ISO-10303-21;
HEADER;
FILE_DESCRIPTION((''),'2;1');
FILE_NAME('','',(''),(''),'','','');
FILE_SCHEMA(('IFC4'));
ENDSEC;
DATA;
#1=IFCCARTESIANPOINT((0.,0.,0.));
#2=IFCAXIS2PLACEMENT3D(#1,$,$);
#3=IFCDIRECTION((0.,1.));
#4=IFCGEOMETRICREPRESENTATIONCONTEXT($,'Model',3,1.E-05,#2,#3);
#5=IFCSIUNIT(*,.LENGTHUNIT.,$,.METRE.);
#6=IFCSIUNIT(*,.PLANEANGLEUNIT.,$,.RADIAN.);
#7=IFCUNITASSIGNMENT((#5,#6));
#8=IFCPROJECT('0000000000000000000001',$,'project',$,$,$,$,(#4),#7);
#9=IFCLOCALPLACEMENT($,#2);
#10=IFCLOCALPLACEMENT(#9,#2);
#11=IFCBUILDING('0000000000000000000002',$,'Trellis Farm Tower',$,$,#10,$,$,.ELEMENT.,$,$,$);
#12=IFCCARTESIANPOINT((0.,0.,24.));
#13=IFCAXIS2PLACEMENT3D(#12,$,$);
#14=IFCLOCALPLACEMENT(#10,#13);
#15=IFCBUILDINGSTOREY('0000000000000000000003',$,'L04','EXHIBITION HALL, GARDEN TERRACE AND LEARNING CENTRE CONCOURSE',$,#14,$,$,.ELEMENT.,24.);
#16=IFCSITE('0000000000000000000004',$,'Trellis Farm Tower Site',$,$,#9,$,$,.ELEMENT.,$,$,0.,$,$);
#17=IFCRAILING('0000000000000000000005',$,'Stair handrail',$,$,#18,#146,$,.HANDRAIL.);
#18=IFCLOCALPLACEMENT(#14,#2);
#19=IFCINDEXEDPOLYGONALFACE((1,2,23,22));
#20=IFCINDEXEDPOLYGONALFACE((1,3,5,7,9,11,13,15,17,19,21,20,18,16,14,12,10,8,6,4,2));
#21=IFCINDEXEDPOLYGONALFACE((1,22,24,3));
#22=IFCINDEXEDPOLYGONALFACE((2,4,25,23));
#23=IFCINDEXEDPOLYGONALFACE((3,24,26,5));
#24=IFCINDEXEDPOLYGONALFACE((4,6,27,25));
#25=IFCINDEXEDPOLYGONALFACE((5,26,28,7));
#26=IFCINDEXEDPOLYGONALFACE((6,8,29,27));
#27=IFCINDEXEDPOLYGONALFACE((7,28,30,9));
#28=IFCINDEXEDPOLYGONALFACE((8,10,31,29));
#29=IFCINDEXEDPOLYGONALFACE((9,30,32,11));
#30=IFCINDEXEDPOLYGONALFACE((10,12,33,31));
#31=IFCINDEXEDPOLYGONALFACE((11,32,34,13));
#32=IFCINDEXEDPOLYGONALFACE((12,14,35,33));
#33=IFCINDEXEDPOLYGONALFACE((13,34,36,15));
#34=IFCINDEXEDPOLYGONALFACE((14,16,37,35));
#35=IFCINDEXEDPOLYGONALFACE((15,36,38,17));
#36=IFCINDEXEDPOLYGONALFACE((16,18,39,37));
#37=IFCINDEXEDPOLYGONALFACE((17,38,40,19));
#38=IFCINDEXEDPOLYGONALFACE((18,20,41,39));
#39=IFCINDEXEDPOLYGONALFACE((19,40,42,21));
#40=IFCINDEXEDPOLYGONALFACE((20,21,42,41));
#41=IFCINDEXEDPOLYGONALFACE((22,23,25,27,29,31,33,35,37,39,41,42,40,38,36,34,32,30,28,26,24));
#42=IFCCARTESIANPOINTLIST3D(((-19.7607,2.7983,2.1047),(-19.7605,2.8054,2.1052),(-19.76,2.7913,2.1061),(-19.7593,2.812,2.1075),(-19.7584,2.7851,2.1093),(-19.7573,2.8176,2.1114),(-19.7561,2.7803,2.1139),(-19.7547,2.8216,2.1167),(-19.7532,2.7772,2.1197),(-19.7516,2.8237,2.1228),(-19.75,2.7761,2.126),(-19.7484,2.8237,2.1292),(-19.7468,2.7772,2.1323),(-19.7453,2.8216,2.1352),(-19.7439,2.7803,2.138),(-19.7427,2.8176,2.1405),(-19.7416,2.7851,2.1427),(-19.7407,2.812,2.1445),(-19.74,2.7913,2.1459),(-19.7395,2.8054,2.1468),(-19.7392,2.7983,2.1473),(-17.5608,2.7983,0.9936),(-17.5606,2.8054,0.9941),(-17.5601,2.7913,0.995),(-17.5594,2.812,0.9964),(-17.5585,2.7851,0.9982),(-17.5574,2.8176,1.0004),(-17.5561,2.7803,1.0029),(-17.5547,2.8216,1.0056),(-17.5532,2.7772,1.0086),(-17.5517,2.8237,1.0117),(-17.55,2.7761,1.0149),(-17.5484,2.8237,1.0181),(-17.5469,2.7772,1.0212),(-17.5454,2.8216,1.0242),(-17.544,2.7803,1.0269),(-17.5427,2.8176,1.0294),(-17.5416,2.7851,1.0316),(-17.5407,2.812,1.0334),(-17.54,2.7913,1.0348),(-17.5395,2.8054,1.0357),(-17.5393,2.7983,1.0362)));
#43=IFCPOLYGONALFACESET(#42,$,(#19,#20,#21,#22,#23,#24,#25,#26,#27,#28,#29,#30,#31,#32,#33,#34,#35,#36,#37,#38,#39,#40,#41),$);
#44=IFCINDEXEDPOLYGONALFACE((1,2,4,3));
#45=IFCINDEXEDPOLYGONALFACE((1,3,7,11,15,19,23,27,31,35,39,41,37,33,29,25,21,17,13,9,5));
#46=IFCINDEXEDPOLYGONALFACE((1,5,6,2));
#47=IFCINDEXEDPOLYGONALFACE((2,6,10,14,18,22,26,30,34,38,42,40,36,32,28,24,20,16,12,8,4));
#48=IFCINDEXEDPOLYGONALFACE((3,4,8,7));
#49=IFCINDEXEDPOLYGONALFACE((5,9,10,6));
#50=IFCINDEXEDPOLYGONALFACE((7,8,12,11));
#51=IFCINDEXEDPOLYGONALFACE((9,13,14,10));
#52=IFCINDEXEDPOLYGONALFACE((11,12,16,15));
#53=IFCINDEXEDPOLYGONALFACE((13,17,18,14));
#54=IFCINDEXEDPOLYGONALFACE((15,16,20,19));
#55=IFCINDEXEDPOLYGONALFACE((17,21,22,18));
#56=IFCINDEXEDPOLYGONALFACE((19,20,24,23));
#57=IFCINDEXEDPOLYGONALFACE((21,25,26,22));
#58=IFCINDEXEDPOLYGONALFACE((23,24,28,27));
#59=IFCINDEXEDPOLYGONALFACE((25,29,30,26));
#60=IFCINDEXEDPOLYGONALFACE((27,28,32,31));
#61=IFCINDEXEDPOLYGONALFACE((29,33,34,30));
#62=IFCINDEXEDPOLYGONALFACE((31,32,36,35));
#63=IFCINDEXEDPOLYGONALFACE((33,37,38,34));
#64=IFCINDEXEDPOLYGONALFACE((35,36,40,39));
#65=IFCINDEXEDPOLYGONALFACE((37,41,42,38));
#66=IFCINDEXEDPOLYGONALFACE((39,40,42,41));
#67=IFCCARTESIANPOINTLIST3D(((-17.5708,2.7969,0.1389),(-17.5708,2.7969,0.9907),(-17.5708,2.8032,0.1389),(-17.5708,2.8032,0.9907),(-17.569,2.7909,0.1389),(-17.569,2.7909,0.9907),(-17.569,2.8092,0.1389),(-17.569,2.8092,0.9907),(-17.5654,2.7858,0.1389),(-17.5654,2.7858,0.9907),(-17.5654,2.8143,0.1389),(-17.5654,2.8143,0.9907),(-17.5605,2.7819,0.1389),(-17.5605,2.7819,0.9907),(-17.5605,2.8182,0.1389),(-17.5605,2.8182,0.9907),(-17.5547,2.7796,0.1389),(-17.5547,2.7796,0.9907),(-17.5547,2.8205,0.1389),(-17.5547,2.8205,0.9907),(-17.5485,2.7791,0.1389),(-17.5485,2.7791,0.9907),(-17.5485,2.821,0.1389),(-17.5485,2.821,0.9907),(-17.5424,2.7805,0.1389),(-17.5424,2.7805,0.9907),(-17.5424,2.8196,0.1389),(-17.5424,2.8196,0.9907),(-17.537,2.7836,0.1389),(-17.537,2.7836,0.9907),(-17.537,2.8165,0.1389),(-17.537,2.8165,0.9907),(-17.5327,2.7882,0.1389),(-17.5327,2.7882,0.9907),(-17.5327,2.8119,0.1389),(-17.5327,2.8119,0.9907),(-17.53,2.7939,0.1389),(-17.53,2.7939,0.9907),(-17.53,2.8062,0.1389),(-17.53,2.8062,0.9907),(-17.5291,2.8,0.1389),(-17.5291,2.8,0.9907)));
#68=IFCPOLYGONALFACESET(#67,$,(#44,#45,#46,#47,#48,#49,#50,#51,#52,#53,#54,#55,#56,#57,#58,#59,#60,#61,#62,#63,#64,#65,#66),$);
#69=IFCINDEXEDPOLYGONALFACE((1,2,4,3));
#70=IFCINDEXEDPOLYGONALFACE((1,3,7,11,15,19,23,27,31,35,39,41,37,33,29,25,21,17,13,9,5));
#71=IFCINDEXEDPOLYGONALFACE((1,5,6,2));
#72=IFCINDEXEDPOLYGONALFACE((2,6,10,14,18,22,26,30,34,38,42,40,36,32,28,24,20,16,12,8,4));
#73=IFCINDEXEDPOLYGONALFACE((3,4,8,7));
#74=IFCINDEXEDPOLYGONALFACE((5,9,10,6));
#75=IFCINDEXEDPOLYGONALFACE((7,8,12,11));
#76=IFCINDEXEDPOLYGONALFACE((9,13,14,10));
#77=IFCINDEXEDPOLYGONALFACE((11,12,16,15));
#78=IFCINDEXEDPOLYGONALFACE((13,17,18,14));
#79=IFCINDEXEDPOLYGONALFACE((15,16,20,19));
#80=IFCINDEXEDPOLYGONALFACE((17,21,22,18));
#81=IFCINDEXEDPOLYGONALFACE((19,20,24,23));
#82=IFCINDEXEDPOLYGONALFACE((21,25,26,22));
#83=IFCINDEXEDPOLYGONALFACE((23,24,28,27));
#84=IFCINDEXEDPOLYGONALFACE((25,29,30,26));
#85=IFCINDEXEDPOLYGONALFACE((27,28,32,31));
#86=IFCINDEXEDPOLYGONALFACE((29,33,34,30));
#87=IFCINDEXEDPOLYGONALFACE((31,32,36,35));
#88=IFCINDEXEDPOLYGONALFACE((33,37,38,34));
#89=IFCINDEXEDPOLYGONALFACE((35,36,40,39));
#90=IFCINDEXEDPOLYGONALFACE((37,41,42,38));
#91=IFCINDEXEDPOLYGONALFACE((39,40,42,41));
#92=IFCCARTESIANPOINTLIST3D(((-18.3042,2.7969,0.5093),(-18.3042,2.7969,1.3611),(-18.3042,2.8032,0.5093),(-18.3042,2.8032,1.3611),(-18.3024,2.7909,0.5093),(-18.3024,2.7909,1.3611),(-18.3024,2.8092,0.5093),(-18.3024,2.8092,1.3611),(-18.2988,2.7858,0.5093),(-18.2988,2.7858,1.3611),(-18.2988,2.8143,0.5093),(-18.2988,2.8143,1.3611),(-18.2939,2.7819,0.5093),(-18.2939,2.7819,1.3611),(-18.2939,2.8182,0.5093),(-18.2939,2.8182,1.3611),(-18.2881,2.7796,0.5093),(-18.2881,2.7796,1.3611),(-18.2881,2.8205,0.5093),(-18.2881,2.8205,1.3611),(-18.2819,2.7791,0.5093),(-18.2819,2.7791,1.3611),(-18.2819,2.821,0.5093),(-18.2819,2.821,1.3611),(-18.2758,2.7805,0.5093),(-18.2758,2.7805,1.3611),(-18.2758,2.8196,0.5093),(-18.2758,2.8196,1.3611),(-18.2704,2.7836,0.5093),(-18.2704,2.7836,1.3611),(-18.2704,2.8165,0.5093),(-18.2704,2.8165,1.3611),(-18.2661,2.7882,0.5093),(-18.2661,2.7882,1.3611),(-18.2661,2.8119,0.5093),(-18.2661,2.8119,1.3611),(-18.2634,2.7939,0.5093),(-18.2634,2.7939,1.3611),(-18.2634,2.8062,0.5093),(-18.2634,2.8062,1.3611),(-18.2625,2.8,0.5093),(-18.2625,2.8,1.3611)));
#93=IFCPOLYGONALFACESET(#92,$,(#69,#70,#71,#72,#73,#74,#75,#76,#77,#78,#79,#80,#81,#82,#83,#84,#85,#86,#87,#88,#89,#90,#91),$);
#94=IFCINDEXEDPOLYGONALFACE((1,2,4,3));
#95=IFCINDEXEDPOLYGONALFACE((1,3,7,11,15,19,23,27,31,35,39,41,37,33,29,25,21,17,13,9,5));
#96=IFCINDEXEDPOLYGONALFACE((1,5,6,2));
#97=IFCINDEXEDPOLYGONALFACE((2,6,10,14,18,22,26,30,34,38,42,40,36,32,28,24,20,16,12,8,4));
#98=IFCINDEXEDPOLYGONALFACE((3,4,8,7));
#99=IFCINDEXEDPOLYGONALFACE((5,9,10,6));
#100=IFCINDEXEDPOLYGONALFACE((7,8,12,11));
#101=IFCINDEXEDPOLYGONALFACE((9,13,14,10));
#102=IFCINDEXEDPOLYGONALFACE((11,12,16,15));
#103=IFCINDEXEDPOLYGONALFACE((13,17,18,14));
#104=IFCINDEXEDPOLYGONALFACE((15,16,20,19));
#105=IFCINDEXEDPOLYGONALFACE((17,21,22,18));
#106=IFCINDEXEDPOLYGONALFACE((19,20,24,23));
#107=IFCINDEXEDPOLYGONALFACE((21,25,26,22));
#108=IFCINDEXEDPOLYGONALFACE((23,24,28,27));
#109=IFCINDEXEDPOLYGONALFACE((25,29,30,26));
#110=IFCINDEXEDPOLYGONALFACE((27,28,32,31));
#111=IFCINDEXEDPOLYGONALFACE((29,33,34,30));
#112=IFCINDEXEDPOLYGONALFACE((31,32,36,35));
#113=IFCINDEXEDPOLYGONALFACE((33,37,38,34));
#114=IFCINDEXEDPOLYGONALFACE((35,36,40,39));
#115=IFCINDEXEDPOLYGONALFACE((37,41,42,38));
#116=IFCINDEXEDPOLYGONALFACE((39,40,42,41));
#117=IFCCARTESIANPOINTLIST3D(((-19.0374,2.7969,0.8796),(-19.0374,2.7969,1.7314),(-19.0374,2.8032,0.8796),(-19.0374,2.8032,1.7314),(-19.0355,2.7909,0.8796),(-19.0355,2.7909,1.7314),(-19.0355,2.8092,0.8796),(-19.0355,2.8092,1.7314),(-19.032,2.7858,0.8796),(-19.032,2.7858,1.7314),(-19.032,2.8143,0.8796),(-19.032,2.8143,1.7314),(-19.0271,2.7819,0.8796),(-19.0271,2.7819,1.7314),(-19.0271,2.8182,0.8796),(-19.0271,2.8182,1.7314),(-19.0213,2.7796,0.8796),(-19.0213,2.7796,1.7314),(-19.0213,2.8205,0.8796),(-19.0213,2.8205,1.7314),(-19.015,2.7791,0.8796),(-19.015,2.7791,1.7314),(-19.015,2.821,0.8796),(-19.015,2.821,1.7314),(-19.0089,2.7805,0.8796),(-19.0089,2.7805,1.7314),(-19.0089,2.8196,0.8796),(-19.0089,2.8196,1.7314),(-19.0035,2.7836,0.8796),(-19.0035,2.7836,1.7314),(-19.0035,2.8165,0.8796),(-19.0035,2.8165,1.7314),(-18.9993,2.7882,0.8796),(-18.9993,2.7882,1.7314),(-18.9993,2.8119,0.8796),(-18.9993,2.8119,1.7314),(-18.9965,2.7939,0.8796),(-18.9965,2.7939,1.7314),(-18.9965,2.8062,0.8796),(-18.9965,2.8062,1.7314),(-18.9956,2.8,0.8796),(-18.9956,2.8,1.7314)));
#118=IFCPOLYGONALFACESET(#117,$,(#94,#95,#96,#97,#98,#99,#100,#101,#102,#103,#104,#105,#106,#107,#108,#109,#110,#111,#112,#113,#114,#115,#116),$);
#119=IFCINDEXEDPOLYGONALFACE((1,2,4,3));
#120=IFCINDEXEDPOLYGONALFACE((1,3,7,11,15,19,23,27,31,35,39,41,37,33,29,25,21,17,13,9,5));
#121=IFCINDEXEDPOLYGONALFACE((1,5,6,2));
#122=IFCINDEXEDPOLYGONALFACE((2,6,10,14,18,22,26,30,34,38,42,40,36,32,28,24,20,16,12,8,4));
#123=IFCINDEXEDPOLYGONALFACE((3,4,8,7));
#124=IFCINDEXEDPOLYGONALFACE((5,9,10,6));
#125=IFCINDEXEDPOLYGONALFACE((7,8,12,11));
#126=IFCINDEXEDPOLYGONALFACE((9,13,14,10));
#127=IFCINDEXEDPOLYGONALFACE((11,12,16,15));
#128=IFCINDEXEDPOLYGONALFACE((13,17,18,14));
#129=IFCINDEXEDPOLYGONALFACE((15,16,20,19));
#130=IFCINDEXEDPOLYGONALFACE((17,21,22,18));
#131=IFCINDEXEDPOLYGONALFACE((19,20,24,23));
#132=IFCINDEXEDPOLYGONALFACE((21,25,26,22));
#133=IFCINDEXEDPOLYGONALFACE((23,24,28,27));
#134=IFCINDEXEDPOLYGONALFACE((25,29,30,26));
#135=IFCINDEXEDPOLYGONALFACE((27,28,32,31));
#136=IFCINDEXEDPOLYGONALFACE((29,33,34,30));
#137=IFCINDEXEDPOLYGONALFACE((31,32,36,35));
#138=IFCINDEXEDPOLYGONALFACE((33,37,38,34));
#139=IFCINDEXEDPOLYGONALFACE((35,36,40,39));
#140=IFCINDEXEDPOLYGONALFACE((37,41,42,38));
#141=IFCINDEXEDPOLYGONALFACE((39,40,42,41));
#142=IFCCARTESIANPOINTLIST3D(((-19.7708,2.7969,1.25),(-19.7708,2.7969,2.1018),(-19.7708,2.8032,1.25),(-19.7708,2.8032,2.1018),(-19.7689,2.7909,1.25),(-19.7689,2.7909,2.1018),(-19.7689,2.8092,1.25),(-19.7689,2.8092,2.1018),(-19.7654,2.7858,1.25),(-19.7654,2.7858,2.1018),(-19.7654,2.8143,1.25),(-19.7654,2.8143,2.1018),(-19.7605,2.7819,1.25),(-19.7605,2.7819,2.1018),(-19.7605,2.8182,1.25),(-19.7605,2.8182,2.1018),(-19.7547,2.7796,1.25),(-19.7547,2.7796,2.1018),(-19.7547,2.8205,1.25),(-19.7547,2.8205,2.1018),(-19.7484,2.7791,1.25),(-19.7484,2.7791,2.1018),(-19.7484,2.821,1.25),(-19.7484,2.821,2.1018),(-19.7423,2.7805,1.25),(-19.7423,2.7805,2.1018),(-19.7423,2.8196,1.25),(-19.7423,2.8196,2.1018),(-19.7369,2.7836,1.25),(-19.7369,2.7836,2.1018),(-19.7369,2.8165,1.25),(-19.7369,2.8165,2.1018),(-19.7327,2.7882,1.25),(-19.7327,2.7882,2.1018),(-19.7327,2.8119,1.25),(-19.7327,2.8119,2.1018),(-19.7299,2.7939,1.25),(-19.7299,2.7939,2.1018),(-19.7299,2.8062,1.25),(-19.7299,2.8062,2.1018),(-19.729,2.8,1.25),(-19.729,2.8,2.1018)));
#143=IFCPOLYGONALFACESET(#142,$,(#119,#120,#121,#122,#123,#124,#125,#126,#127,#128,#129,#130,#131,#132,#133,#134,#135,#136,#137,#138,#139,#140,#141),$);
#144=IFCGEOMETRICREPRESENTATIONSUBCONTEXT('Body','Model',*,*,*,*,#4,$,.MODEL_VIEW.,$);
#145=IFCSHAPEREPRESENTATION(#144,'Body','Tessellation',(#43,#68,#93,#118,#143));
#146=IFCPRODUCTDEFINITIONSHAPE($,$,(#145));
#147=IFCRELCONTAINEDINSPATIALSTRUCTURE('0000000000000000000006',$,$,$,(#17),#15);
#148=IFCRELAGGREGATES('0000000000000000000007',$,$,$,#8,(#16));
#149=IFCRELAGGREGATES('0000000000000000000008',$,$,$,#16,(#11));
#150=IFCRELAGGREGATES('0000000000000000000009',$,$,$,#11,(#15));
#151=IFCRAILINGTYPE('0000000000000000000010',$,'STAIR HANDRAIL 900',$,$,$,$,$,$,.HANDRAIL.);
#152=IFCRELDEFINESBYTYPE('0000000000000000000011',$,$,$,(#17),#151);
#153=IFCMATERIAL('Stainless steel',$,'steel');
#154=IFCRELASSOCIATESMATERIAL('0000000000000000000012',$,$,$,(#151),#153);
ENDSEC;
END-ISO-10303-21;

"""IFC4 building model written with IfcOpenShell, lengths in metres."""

from ifc_helpers import new_model, si_unit, direction, frame, origin, origin_2d, place, context, subcontext, project, spatial, circle, extrude, source, transform, mapped, material, type_object, element, save


model = new_model("IFC4")

# Units and contexts
model_context = context("Model", 3, precision=1e-05, world=origin(), true_north=direction((0.0, 1.0)))
body_context = subcontext(model_context, "Body", "Model", "MODEL_VIEW")
ifc_project = project(units=[si_unit("LENGTHUNIT", "METRE"), si_unit("PLANEANGLEUNIT", "RADIAN")], contexts=[model_context])

# Site, building, storey
site_placement = place(None, origin())
site = spatial("IfcSite", under=ifc_project, at=site_placement, Name="Trellis Farm Tower Site", CompositionType="ELEMENT", RefElevation=0.0)
building_placement = place(site_placement, origin())
building = spatial("IfcBuilding", under=site, at=building_placement, Name="Trellis Farm Tower", CompositionType="ELEMENT")
storey_placement = place(building_placement, frame((0.0, 0.0, 24.0)))
storey = spatial("IfcBuildingStorey", under=building, at=storey_placement, Name="L04", Description="EXHIBITION HALL, GARDEN TERRACE AND LEARNING CENTRE CONCOURSE", CompositionType="ELEMENT", Elevation=24.0)

# Shared definitions
ifc_material_1 = material(Name="Stainless steel", Category="steel")

# Railing
railing_type = type_object("IfcRailingType", Name="STAIR HANDRAIL 900", PredefinedType="HANDRAIL", material=ifc_material_1)
shared_shape_1 = source(origin(), body_context, "Body", "SweptSolid", [
    extrude(circle(Radius=0.0239, at=origin_2d()), frame((0.0, 0.0, 0.876), z_axis=(-0.892617, 0.0, 0.450816), x_axis=(0.0, -1.0, 0.0)), (0.0, 0.0, 1.0), 2.4646),
    extrude(circle(Radius=0.021, at=origin_2d()), origin(), (0.0, 0.0, 1.0), 0.8518),
    extrude(circle(Radius=0.021, at=origin_2d()), frame((-0.7334, 0.0, 0.3704)), (0.0, 0.0, 1.0), 0.8518),
    extrude(circle(Radius=0.021, at=origin_2d()), frame((-1.4666, 0.0, 0.7407)), (0.0, 0.0, 1.0), 0.8518),
    extrude(circle(Radius=0.021, at=origin_2d()), frame((-2.2, 0.0, 1.1111)), (0.0, 0.0, 1.0), 0.8518),
])
for number, where, name in (
    (1, (-17.55, 2.8, 0.1389), "Stair handrail"),
):
    element("IfcRailing", number, at=place(storey_placement, frame(where)), inside=storey, type_object=railing_type, Name=name, PredefinedType="HANDRAIL", context=body_context, shape_type="MappedRepresentation", body=[
        mapped(shared_shape_1, transform((0.0, 0.0, 0.0))),
    ])

save(model, "model.ifc")
